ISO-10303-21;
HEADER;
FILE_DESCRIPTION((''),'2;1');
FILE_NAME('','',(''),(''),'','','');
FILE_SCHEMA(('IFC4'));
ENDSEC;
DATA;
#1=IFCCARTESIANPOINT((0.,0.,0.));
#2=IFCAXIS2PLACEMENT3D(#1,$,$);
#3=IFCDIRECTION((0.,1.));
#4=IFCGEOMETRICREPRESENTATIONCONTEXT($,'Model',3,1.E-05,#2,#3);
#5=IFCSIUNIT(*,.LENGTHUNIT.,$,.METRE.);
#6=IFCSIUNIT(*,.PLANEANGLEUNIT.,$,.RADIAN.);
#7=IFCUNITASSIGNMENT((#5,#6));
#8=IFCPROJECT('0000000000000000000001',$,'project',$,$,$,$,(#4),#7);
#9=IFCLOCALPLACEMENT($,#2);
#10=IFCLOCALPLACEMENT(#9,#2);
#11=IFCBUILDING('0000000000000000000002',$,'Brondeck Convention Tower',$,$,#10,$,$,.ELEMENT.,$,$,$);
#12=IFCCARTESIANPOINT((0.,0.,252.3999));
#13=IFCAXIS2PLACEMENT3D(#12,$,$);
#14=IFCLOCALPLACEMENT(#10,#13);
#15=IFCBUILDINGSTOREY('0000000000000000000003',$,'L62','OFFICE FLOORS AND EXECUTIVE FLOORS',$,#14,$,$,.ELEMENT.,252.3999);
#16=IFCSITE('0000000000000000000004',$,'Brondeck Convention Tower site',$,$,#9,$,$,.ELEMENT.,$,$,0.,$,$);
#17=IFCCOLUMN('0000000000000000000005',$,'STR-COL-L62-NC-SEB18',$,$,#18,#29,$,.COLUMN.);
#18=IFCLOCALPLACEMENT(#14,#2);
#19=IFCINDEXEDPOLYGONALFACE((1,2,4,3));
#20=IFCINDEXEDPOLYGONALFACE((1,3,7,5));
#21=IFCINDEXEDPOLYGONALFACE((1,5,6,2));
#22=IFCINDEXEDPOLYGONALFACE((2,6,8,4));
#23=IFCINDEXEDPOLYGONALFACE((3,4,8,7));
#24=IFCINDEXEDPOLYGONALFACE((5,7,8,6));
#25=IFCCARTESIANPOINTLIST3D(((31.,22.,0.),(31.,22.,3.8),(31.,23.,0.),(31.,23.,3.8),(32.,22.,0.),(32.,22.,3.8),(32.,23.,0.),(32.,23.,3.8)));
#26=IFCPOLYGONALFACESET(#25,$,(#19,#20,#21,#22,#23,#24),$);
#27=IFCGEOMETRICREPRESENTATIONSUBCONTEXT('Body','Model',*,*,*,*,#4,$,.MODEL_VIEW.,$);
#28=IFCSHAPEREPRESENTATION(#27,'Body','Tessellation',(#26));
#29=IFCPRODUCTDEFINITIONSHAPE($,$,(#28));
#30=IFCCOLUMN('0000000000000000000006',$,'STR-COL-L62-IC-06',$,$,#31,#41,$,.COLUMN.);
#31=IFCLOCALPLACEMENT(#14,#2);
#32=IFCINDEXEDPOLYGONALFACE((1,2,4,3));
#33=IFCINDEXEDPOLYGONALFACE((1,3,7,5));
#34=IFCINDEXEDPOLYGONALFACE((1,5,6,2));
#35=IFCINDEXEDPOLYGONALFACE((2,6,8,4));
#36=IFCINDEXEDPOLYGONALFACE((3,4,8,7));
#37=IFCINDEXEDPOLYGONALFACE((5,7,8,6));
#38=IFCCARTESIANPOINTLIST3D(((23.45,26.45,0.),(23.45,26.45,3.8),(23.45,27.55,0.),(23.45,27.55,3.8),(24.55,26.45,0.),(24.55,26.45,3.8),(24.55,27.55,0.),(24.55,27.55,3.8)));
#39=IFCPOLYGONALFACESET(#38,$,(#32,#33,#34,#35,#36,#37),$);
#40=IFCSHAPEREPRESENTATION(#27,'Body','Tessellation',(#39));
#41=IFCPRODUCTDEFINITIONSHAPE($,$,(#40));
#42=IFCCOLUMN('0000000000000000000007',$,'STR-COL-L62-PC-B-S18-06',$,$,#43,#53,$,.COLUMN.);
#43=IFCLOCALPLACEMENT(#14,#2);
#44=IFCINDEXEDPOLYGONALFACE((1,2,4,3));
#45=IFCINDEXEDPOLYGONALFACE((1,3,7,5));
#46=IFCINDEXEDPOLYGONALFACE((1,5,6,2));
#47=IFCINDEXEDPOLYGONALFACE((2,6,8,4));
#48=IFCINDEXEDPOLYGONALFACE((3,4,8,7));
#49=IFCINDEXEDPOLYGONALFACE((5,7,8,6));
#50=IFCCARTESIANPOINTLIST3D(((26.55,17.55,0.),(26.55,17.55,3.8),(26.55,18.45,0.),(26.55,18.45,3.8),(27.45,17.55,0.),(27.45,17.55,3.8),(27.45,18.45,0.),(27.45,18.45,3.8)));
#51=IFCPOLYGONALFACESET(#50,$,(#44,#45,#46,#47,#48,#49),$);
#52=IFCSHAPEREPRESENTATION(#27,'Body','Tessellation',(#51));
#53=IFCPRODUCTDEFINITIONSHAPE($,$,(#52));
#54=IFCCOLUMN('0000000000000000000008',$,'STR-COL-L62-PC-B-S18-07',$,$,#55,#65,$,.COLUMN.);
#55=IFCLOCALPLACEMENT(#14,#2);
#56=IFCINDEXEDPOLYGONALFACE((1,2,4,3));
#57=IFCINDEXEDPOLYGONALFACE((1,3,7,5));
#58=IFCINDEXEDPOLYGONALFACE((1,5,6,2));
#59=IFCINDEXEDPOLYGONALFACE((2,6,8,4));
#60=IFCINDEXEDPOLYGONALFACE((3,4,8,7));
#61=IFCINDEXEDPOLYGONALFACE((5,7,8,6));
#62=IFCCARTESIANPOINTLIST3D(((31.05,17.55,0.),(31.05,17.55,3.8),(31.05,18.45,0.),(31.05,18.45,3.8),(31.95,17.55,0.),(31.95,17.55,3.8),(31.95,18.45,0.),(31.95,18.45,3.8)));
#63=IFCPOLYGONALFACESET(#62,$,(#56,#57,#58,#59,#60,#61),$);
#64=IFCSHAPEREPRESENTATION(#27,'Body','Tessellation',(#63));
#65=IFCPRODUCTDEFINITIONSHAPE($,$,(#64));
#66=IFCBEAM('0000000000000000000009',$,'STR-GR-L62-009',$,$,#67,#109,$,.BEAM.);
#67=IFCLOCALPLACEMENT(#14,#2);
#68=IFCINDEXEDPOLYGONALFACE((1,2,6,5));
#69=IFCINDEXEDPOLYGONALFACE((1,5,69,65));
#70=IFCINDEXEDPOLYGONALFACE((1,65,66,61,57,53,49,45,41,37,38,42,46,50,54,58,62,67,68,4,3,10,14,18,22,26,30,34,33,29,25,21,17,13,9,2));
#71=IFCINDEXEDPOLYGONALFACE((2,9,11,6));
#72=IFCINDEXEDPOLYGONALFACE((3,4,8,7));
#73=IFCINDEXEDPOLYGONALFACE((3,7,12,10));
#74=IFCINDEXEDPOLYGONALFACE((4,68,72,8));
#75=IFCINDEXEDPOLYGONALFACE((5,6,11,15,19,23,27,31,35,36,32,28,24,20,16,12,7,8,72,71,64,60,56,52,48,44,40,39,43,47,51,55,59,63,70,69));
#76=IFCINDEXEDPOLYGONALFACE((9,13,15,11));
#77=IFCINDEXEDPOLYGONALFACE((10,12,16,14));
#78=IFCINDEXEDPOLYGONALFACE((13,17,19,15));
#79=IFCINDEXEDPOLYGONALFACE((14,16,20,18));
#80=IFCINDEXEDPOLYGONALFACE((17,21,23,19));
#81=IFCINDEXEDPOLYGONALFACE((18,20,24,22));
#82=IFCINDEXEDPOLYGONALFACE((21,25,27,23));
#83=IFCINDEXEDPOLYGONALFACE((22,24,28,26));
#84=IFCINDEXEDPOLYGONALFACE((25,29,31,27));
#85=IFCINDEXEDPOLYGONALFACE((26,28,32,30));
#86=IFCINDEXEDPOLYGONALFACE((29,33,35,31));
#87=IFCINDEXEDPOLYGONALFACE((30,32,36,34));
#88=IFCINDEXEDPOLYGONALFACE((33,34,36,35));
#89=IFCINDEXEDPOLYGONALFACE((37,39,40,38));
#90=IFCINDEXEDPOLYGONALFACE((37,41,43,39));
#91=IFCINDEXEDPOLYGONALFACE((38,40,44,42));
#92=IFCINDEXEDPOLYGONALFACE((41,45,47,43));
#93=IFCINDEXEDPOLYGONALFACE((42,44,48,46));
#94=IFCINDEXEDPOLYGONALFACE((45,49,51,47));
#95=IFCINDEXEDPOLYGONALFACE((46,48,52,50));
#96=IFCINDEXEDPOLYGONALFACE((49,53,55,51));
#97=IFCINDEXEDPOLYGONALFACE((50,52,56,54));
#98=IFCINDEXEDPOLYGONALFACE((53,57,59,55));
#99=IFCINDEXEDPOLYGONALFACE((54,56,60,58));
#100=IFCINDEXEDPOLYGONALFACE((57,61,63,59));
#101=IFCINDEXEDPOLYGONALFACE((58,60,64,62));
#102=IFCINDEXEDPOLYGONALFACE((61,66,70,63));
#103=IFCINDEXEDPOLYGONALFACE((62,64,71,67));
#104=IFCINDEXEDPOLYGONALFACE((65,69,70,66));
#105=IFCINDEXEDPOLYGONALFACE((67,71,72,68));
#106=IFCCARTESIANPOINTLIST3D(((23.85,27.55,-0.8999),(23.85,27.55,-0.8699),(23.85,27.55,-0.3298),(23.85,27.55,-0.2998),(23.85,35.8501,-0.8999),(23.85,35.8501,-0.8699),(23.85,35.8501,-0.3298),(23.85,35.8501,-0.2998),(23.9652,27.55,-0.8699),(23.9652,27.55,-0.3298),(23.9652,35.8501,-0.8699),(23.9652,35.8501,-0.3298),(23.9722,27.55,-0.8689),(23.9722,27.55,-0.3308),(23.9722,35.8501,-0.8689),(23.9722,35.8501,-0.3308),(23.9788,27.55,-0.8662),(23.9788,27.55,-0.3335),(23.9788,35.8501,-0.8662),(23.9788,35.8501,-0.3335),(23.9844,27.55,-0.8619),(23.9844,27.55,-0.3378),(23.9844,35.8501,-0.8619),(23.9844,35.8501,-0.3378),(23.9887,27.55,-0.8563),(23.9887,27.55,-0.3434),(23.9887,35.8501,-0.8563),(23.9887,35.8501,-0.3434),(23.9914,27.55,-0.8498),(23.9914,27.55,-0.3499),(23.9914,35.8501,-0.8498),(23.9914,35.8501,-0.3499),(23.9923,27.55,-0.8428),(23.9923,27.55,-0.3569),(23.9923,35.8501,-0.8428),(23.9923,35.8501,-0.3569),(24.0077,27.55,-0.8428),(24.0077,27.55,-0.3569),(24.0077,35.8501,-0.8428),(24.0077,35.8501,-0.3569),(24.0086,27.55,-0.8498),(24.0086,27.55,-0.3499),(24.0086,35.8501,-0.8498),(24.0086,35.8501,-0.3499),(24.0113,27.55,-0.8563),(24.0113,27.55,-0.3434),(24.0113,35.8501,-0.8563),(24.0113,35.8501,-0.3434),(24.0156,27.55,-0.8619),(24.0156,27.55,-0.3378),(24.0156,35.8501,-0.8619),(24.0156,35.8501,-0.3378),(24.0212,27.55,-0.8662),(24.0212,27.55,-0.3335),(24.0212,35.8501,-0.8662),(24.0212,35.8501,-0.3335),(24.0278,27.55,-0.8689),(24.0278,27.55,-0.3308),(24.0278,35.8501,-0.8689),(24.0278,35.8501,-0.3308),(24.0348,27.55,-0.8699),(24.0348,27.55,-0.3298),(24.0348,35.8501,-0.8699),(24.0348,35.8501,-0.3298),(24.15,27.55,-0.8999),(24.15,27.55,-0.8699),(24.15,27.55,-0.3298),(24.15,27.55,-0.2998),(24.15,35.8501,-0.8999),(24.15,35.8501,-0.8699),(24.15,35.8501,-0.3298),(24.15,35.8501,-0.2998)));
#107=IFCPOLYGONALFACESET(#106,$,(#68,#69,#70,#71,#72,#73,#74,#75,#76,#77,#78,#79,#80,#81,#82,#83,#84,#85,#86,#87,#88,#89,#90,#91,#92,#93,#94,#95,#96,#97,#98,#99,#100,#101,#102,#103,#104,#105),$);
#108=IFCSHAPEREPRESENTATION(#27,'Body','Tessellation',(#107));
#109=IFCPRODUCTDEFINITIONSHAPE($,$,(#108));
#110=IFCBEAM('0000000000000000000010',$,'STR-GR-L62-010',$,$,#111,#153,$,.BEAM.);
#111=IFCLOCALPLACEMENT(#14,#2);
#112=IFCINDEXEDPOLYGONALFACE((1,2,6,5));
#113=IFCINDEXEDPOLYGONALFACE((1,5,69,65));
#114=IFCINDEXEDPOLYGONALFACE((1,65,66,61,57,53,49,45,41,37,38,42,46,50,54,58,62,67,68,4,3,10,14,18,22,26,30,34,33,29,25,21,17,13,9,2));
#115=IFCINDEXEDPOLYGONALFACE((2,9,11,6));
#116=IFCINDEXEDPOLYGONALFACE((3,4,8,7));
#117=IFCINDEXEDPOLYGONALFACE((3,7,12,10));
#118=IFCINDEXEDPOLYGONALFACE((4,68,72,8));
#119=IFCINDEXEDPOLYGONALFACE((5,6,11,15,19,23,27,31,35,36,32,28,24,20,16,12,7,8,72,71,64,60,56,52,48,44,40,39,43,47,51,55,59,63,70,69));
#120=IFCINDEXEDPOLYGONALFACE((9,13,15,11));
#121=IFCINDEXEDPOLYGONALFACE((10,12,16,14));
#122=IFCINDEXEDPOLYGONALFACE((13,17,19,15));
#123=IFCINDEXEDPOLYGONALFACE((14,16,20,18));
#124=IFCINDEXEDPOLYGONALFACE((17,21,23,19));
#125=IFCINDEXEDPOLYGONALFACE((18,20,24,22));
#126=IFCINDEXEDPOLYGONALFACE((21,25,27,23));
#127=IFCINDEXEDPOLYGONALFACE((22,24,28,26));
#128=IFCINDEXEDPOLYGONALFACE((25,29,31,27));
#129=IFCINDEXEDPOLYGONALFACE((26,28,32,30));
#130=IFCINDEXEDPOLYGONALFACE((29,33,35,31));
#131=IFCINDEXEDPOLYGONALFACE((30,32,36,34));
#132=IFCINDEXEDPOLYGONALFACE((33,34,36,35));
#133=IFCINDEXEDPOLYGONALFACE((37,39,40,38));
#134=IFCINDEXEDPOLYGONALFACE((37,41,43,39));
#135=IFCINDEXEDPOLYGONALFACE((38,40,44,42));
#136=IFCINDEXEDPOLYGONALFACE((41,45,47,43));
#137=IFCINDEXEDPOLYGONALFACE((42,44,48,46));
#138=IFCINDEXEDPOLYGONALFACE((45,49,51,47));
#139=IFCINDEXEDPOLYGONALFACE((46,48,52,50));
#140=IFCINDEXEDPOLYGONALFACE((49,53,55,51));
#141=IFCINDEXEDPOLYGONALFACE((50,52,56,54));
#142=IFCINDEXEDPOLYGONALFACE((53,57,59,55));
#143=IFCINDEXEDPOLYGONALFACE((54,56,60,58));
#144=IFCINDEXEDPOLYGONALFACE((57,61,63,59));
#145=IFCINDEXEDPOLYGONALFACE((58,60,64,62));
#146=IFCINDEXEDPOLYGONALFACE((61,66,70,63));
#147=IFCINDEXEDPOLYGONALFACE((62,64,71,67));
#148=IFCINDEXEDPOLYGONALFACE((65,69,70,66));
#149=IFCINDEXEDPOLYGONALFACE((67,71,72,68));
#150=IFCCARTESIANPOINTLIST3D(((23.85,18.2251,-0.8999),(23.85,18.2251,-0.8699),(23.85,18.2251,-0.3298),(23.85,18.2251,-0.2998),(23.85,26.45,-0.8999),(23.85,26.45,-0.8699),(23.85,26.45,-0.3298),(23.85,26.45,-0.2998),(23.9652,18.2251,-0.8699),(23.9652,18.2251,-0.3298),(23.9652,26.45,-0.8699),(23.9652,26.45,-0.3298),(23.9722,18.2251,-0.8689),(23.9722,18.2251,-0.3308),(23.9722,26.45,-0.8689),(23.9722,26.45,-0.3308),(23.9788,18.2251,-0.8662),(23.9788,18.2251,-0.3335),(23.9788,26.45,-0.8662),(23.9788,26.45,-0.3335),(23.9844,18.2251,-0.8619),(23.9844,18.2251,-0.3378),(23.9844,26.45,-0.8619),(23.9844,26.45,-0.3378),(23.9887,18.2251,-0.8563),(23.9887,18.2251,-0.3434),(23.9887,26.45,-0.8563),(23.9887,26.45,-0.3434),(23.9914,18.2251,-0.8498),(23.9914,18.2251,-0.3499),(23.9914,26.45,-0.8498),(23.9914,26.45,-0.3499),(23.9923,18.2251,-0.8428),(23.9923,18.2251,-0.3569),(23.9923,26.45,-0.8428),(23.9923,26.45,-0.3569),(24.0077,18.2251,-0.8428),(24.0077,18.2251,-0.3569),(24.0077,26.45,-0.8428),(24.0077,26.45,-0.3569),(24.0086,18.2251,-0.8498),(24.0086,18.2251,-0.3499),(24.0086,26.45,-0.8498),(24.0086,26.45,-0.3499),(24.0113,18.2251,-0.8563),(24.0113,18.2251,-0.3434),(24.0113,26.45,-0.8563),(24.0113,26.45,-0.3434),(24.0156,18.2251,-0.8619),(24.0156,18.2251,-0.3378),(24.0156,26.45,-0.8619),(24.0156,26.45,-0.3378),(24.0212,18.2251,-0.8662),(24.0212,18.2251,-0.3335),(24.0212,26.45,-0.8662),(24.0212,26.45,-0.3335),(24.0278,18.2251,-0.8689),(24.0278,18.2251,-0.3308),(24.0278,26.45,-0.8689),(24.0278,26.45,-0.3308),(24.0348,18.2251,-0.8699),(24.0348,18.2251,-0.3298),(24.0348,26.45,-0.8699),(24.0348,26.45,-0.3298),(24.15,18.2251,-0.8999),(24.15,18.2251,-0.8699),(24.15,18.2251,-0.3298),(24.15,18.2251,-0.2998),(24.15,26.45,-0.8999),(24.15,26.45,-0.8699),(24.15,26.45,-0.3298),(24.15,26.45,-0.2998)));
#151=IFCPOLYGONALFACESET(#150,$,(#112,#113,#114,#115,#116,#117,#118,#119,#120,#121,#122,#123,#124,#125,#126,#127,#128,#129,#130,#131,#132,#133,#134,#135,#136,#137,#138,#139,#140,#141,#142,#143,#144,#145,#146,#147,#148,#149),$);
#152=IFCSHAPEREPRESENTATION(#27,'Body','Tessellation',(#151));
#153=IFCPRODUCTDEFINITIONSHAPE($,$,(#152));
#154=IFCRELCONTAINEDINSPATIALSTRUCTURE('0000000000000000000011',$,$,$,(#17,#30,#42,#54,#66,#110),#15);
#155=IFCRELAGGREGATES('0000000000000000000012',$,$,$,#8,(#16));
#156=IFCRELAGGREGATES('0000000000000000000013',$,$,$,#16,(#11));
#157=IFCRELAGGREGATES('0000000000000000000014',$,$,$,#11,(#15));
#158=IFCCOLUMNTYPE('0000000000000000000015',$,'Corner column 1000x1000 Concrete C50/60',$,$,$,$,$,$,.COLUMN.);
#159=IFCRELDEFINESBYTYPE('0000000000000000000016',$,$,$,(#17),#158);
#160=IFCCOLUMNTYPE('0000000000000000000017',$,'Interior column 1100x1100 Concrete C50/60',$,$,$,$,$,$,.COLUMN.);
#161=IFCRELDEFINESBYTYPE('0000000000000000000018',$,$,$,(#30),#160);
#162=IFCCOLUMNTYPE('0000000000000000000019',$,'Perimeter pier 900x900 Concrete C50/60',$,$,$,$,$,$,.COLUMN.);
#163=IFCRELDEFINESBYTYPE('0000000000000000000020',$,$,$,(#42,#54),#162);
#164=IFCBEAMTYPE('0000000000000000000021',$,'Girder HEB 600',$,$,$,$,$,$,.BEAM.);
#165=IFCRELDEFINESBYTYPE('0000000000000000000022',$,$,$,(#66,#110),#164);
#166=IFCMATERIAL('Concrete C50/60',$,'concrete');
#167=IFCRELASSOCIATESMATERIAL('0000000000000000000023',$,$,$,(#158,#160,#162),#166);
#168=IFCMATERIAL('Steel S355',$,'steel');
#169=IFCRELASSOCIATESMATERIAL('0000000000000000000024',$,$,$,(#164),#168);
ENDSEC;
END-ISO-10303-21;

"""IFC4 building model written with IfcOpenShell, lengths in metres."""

from ifc_helpers import new_model, si_unit, direction, frame, origin, origin_2d, place, context, subcontext, project, spatial, rectangle, i_section, extrude, material, material_profile, profile_set, type_object, element, save


model = new_model("IFC4")

# Units and contexts
model_context = context("Model", 3, precision=1e-05, world=origin(), true_north=direction((0.0, 1.0)))
body_context = subcontext(model_context, "Body", "Model", "MODEL_VIEW")
ifc_project = project(units=[si_unit("LENGTHUNIT", "METRE"), si_unit("PLANEANGLEUNIT", "RADIAN")], contexts=[model_context])

# Site, building, storey
site_placement = place(None, origin())
site = spatial("IfcSite", under=ifc_project, at=site_placement, Name="Brondeck Convention Tower site", CompositionType="ELEMENT", RefElevation=0.0)
building_placement = place(site_placement, origin())
building = spatial("IfcBuilding", under=site, at=building_placement, Name="Brondeck Convention Tower", CompositionType="ELEMENT")
storey_placement = place(building_placement, frame((0.0, 0.0, 252.3999)))
storey = spatial("IfcBuildingStorey", under=building, at=storey_placement, Name="L62", Description="OFFICE FLOORS AND EXECUTIVE FLOORS", CompositionType="ELEMENT", Elevation=252.3999)

# Columns
ifc_material_1 = material(Name="Concrete C50/60", Category="concrete")
ifc_material_profile_1 = material_profile(ifc_material_1, rectangle(XDim=1.0, YDim=1.0, at=origin_2d()), Name="Corner column 1000x1000 Concrete C50/60")
ifc_profile_set_1 = profile_set([ifc_material_profile_1], Name="Concrete C50/60")
column_type_1 = type_object("IfcColumnType", Name="Corner column 1000x1000 Concrete C50/60", PredefinedType="COLUMN", material=ifc_profile_set_1)
column_1_placement = place(storey_placement, frame((31.5, 22.5, 0.0), z_axis=(0.0, 0.0, 1.0), x_axis=(1.0, 0.0, 0.0)))
element("IfcColumn", 1, at=column_1_placement, inside=storey, type_object=column_type_1, Name="STR-COL-L62-NC-SEB18", PredefinedType="COLUMN", context=body_context, shape_type="SweptSolid", body=[
    extrude(rectangle(XDim=1.0, YDim=1.0, at=origin_2d()), origin(), (0.0, 0.0, 1.0), 3.8),
])
ifc_material_profile_2 = material_profile(ifc_material_1, rectangle(XDim=1.1001, YDim=1.1001, at=origin_2d()), Name="Interior column 1100x1100 Concrete C50/60")
ifc_profile_set_2 = profile_set([ifc_material_profile_2], Name="Concrete C50/60")
column_type_2 = type_object("IfcColumnType", Name="Interior column 1100x1100 Concrete C50/60", PredefinedType="COLUMN", material=ifc_profile_set_2)
column_2_placement = place(storey_placement, frame((24.0, 27.0, 0.0), z_axis=(0.0, 0.0, 1.0), x_axis=(1.0, 0.0, 0.0)))
element("IfcColumn", 2, at=column_2_placement, inside=storey, type_object=column_type_2, Name="STR-COL-L62-IC-06", PredefinedType="COLUMN", context=body_context, shape_type="SweptSolid", body=[
    extrude(rectangle(XDim=1.1001, YDim=1.1001, at=origin_2d()), origin(), (0.0, 0.0, 1.0), 3.8),
])
ifc_material_profile_3 = material_profile(ifc_material_1, rectangle(XDim=0.8999, YDim=0.8999, at=origin_2d()), Name="Perimeter pier 900x900 Concrete C50/60")
ifc_profile_set_3 = profile_set([ifc_material_profile_3], Name="Concrete C50/60")
column_type_3 = type_object("IfcColumnType", Name="Perimeter pier 900x900 Concrete C50/60", PredefinedType="COLUMN", material=ifc_profile_set_3)
for number, where, z_axis, x_axis, name in (
    (3, (27.0, 18.0, 0.0), (0.0, 0.0, 1.0), (1.0, 0.0, 0.0), "STR-COL-L62-PC-B-S18-06"),
    (4, (31.5, 18.0, 0.0), (0.0, 0.0, 1.0), (1.0, 0.0, 0.0), "STR-COL-L62-PC-B-S18-07"),
):
    element("IfcColumn", number, at=place(storey_placement, frame(where, z_axis=z_axis, x_axis=x_axis)), inside=storey, type_object=column_type_3, Name=name, PredefinedType="COLUMN", context=body_context, shape_type="SweptSolid", body=[
        extrude(rectangle(XDim=0.8999, YDim=0.8999, at=origin_2d()), origin(), (0.0, 0.0, 1.0), 3.8),
    ])

# Beams
ifc_material_2 = material(Name="Steel S355", Category="steel")
ifc_material_profile_4 = material_profile(ifc_material_2, i_section(OverallWidth=0.3, OverallDepth=0.6001, WebThickness=0.0154, FlangeThickness=0.03, FilletRadius=0.0271, at=origin_2d()), Name="HEB 600")
ifc_profile_set_4 = profile_set([ifc_material_profile_4], Name="Steel S355")
beam_type_1 = type_object("IfcBeamType", Name="Girder HEB 600", PredefinedType="BEAM", material=ifc_profile_set_4)
beam_1_placement = place(storey_placement, frame((24.0, 35.8501, -0.5999), z_axis=(0.0, -1.0, 0.0), x_axis=(1.0, 0.0, 0.0)))
element("IfcBeam", 5, at=beam_1_placement, inside=storey, type_object=beam_type_1, Name="STR-GR-L62-009", PredefinedType="BEAM", context=body_context, shape_type="SweptSolid", body=[
    extrude(i_section(OverallWidth=0.3, OverallDepth=0.6001, WebThickness=0.0154, FlangeThickness=0.03, FilletRadius=0.0271, at=origin_2d()), origin(), (0.0, 0.0, 1.0), 8.3),
])
beam_2_placement = place(storey_placement, frame((24.0, 26.45, -0.5999), z_axis=(0.0, -1.0, 0.0), x_axis=(1.0, 0.0, 0.0)))
element("IfcBeam", 6, at=beam_2_placement, inside=storey, type_object=beam_type_1, Name="STR-GR-L62-010", PredefinedType="BEAM", context=body_context, shape_type="SweptSolid", body=[
    extrude(i_section(OverallWidth=0.3, OverallDepth=0.6001, WebThickness=0.0154, FlangeThickness=0.03, FilletRadius=0.0271, at=origin_2d()), origin(), (0.0, 0.0, 1.0), 8.2249),
])

save(model, "model.ifc")
